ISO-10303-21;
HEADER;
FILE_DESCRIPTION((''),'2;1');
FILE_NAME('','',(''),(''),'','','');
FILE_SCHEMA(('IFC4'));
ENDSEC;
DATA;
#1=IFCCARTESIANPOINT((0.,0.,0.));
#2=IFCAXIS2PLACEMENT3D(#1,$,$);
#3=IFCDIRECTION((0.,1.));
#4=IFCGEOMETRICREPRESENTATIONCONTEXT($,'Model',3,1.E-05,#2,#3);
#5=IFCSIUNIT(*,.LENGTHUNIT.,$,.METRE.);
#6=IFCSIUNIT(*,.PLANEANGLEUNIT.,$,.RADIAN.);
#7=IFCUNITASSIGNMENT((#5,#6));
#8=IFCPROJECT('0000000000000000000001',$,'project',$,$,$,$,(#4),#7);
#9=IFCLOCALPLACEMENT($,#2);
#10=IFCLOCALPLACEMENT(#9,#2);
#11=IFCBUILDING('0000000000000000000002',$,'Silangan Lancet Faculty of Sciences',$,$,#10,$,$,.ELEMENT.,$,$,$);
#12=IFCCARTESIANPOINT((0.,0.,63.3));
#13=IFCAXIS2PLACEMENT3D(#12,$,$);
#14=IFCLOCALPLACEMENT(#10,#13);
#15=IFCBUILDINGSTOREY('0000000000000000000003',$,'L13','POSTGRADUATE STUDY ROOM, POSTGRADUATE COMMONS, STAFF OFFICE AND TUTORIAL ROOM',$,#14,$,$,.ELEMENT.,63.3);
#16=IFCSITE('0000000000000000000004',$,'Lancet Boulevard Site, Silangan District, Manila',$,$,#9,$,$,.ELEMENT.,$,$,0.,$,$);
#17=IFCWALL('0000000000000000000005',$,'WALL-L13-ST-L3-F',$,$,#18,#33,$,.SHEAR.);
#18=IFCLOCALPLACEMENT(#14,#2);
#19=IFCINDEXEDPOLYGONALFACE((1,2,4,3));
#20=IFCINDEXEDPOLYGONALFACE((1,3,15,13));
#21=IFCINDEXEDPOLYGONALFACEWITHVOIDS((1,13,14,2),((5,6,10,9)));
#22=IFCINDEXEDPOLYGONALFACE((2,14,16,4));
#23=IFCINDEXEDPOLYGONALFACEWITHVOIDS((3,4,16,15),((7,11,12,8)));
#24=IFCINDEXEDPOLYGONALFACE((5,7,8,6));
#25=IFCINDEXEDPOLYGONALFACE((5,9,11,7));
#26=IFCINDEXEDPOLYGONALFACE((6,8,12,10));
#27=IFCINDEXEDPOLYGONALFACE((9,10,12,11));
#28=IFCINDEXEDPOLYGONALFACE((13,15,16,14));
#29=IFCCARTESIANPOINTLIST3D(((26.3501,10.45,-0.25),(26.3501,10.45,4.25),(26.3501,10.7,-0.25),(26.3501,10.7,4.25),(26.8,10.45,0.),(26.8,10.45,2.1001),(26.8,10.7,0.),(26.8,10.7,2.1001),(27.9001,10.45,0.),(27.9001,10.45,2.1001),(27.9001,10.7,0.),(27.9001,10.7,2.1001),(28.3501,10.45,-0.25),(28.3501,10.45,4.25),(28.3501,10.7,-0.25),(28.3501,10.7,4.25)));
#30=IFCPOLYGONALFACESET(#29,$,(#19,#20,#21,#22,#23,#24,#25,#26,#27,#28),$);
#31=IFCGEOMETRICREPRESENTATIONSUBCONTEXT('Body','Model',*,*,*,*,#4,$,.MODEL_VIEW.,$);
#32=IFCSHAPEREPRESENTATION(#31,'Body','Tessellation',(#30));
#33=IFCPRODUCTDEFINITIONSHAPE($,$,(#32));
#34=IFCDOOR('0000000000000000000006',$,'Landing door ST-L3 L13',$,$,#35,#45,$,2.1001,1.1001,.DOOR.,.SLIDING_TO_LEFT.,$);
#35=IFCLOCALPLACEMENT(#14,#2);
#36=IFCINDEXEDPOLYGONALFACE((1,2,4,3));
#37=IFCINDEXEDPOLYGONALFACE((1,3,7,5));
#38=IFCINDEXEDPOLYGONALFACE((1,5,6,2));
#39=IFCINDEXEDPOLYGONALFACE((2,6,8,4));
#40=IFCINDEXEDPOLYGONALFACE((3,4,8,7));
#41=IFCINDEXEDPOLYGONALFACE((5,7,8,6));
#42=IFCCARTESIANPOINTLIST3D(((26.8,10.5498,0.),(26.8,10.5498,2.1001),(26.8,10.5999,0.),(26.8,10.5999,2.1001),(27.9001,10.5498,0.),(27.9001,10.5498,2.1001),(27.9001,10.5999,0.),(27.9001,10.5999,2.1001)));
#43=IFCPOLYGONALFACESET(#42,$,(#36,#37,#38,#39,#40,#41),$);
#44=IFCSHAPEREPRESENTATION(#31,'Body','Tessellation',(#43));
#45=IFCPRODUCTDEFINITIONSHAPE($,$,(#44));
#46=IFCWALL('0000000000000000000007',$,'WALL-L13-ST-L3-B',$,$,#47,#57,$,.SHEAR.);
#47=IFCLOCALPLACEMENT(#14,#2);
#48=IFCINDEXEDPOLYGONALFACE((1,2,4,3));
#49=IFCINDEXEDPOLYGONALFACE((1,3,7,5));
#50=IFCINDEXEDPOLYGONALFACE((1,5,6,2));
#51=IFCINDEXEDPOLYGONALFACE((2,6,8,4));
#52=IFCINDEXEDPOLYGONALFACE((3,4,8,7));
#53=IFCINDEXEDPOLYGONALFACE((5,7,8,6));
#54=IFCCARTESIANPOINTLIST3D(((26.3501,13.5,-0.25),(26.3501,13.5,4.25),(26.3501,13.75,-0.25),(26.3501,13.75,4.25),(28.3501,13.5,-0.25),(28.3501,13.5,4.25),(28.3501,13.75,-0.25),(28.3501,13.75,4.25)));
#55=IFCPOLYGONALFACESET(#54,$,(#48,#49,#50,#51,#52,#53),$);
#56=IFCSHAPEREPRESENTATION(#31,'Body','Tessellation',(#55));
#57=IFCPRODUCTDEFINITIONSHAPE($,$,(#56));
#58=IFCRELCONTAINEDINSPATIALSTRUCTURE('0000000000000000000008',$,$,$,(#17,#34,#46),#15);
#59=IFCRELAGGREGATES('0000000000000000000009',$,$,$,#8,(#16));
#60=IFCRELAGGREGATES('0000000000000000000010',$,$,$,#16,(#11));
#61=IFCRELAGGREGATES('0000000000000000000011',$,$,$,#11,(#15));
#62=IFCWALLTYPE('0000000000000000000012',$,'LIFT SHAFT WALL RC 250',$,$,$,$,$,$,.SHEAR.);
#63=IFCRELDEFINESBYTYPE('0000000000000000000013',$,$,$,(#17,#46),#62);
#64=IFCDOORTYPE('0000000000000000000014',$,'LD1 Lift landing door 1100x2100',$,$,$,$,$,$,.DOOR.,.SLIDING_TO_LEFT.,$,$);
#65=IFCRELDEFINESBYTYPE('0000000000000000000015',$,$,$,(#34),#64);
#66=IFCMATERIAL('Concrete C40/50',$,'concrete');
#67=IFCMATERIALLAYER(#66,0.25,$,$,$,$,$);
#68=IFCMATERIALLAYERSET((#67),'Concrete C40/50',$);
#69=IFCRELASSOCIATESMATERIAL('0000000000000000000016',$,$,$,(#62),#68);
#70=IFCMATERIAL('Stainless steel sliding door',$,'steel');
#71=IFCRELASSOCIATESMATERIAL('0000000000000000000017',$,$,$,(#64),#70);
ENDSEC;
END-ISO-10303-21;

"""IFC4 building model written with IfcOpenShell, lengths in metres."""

from ifc_helpers import new_model, si_unit, direction, frame, frame_2d, origin, place, context, subcontext, project, spatial, rectangle, extrude, material, layer, layer_set, type_object, element, fill, save


model = new_model("IFC4")

# Units and contexts
model_context = context("Model", 3, precision=1e-05, world=origin(), true_north=direction((0.0, 1.0)))
body_context = subcontext(model_context, "Body", "Model", "MODEL_VIEW")
ifc_project = project(units=[si_unit("LENGTHUNIT", "METRE"), si_unit("PLANEANGLEUNIT", "RADIAN")], contexts=[model_context])

# Site, building, storey
site_placement = place(None, origin())
site = spatial("IfcSite", under=ifc_project, at=site_placement, Name="Lancet Boulevard Site, Silangan District, Manila", CompositionType="ELEMENT", RefElevation=0.0)
building_placement = place(site_placement, origin())
building = spatial("IfcBuilding", under=site, at=building_placement, Name="Silangan Lancet Faculty of Sciences", CompositionType="ELEMENT")
storey_placement = place(building_placement, frame((0.0, 0.0, 63.3)))
storey = spatial("IfcBuildingStorey", under=building, at=storey_placement, Name="L13", Description="POSTGRADUATE STUDY ROOM, POSTGRADUATE COMMONS, STAFF OFFICE AND TUTORIAL ROOM", CompositionType="ELEMENT", Elevation=63.3)

# Shared definitions
ifc_material_1 = material(Name="Concrete C40/50", Category="concrete")
ifc_layer_1 = layer(ifc_material_1, 0.25)
ifc_layer_set_1 = layer_set([ifc_layer_1], Name="Concrete C40/50")
wall_type_1 = type_object("IfcWallType", Name="LIFT SHAFT WALL RC 250", PredefinedType="SHEAR", material=ifc_layer_set_1)

# Shared definitions
ifc_material_2 = material(Name="Stainless steel sliding door", Category="steel")
door_type_1 = type_object("IfcDoorType", Name="LD1 Lift landing door 1100x2100", OperationType="SLIDING_TO_LEFT", PredefinedType="DOOR", material=ifc_material_2)

# Wall, opening, door
wall_1_placement = place(storey_placement, frame((26.3501, 10.575, -0.25), z_axis=(0.0, 0.0, 1.0), x_axis=(1.0, 0.0, 0.0)))
wall_1 = element("IfcWall", 1, at=wall_1_placement, inside=storey, type_object=wall_type_1, Name="WALL-L13-ST-L3-F", PredefinedType="SHEAR", context=body_context, shape_type="SweptSolid", body=[
    extrude(rectangle(XDim=2.0, YDim=0.25, at=frame_2d((1.0, 0.0))), origin(), (0.0, 0.0, 1.0), 4.5),
])
opening_1_placement = place(wall_1_placement, frame((0.45, 0.0, 0.25)))
opening_1 = element("IfcOpeningElement", 2, at=opening_1_placement, cuts=wall_1, PredefinedType="OPENING", context=body_context, shape_type="SweptSolid", body=[
    extrude(rectangle(XDim=1.1001, YDim=2.1001, at=frame_2d((0.55, 1.05))), frame((0.0, 0.135, 0.0), z_axis=(0.0, -1.0, 0.0), x_axis=(1.0, 0.0, 0.0)), (0.0, 0.0, 1.0), 0.27),
])
door_1_placement = place(opening_1_placement, origin())
door_1 = element("IfcDoor", 3, at=door_1_placement, inside=storey, type_object=door_type_1, Name="Landing door ST-L3 L13", OperationType="SLIDING_TO_LEFT", OverallHeight=2.1001, OverallWidth=1.1001, PredefinedType="DOOR", context=body_context, shape_type="SweptSolid", body=[
    extrude(rectangle(XDim=1.1001, YDim=2.1001, at=frame_2d((0.55, 1.05))), frame((0.0, 0.0249, 0.0), z_axis=(0.0, -1.0, 0.0), x_axis=(1.0, 0.0, 0.0)), (0.0, 0.0, 1.0), 0.05),
])
fill(opening_1, door_1)

# Wall
wall_2_placement = place(storey_placement, frame((26.3501, 13.625, -0.25), z_axis=(0.0, 0.0, 1.0), x_axis=(1.0, 0.0, 0.0)))
element("IfcWall", 4, at=wall_2_placement, inside=storey, type_object=wall_type_1, Name="WALL-L13-ST-L3-B", PredefinedType="SHEAR", context=body_context, shape_type="SweptSolid", body=[
    extrude(rectangle(XDim=2.0, YDim=0.25, at=frame_2d((1.0, 0.0))), origin(), (0.0, 0.0, 1.0), 4.5),
])

save(model, "model.ifc")
